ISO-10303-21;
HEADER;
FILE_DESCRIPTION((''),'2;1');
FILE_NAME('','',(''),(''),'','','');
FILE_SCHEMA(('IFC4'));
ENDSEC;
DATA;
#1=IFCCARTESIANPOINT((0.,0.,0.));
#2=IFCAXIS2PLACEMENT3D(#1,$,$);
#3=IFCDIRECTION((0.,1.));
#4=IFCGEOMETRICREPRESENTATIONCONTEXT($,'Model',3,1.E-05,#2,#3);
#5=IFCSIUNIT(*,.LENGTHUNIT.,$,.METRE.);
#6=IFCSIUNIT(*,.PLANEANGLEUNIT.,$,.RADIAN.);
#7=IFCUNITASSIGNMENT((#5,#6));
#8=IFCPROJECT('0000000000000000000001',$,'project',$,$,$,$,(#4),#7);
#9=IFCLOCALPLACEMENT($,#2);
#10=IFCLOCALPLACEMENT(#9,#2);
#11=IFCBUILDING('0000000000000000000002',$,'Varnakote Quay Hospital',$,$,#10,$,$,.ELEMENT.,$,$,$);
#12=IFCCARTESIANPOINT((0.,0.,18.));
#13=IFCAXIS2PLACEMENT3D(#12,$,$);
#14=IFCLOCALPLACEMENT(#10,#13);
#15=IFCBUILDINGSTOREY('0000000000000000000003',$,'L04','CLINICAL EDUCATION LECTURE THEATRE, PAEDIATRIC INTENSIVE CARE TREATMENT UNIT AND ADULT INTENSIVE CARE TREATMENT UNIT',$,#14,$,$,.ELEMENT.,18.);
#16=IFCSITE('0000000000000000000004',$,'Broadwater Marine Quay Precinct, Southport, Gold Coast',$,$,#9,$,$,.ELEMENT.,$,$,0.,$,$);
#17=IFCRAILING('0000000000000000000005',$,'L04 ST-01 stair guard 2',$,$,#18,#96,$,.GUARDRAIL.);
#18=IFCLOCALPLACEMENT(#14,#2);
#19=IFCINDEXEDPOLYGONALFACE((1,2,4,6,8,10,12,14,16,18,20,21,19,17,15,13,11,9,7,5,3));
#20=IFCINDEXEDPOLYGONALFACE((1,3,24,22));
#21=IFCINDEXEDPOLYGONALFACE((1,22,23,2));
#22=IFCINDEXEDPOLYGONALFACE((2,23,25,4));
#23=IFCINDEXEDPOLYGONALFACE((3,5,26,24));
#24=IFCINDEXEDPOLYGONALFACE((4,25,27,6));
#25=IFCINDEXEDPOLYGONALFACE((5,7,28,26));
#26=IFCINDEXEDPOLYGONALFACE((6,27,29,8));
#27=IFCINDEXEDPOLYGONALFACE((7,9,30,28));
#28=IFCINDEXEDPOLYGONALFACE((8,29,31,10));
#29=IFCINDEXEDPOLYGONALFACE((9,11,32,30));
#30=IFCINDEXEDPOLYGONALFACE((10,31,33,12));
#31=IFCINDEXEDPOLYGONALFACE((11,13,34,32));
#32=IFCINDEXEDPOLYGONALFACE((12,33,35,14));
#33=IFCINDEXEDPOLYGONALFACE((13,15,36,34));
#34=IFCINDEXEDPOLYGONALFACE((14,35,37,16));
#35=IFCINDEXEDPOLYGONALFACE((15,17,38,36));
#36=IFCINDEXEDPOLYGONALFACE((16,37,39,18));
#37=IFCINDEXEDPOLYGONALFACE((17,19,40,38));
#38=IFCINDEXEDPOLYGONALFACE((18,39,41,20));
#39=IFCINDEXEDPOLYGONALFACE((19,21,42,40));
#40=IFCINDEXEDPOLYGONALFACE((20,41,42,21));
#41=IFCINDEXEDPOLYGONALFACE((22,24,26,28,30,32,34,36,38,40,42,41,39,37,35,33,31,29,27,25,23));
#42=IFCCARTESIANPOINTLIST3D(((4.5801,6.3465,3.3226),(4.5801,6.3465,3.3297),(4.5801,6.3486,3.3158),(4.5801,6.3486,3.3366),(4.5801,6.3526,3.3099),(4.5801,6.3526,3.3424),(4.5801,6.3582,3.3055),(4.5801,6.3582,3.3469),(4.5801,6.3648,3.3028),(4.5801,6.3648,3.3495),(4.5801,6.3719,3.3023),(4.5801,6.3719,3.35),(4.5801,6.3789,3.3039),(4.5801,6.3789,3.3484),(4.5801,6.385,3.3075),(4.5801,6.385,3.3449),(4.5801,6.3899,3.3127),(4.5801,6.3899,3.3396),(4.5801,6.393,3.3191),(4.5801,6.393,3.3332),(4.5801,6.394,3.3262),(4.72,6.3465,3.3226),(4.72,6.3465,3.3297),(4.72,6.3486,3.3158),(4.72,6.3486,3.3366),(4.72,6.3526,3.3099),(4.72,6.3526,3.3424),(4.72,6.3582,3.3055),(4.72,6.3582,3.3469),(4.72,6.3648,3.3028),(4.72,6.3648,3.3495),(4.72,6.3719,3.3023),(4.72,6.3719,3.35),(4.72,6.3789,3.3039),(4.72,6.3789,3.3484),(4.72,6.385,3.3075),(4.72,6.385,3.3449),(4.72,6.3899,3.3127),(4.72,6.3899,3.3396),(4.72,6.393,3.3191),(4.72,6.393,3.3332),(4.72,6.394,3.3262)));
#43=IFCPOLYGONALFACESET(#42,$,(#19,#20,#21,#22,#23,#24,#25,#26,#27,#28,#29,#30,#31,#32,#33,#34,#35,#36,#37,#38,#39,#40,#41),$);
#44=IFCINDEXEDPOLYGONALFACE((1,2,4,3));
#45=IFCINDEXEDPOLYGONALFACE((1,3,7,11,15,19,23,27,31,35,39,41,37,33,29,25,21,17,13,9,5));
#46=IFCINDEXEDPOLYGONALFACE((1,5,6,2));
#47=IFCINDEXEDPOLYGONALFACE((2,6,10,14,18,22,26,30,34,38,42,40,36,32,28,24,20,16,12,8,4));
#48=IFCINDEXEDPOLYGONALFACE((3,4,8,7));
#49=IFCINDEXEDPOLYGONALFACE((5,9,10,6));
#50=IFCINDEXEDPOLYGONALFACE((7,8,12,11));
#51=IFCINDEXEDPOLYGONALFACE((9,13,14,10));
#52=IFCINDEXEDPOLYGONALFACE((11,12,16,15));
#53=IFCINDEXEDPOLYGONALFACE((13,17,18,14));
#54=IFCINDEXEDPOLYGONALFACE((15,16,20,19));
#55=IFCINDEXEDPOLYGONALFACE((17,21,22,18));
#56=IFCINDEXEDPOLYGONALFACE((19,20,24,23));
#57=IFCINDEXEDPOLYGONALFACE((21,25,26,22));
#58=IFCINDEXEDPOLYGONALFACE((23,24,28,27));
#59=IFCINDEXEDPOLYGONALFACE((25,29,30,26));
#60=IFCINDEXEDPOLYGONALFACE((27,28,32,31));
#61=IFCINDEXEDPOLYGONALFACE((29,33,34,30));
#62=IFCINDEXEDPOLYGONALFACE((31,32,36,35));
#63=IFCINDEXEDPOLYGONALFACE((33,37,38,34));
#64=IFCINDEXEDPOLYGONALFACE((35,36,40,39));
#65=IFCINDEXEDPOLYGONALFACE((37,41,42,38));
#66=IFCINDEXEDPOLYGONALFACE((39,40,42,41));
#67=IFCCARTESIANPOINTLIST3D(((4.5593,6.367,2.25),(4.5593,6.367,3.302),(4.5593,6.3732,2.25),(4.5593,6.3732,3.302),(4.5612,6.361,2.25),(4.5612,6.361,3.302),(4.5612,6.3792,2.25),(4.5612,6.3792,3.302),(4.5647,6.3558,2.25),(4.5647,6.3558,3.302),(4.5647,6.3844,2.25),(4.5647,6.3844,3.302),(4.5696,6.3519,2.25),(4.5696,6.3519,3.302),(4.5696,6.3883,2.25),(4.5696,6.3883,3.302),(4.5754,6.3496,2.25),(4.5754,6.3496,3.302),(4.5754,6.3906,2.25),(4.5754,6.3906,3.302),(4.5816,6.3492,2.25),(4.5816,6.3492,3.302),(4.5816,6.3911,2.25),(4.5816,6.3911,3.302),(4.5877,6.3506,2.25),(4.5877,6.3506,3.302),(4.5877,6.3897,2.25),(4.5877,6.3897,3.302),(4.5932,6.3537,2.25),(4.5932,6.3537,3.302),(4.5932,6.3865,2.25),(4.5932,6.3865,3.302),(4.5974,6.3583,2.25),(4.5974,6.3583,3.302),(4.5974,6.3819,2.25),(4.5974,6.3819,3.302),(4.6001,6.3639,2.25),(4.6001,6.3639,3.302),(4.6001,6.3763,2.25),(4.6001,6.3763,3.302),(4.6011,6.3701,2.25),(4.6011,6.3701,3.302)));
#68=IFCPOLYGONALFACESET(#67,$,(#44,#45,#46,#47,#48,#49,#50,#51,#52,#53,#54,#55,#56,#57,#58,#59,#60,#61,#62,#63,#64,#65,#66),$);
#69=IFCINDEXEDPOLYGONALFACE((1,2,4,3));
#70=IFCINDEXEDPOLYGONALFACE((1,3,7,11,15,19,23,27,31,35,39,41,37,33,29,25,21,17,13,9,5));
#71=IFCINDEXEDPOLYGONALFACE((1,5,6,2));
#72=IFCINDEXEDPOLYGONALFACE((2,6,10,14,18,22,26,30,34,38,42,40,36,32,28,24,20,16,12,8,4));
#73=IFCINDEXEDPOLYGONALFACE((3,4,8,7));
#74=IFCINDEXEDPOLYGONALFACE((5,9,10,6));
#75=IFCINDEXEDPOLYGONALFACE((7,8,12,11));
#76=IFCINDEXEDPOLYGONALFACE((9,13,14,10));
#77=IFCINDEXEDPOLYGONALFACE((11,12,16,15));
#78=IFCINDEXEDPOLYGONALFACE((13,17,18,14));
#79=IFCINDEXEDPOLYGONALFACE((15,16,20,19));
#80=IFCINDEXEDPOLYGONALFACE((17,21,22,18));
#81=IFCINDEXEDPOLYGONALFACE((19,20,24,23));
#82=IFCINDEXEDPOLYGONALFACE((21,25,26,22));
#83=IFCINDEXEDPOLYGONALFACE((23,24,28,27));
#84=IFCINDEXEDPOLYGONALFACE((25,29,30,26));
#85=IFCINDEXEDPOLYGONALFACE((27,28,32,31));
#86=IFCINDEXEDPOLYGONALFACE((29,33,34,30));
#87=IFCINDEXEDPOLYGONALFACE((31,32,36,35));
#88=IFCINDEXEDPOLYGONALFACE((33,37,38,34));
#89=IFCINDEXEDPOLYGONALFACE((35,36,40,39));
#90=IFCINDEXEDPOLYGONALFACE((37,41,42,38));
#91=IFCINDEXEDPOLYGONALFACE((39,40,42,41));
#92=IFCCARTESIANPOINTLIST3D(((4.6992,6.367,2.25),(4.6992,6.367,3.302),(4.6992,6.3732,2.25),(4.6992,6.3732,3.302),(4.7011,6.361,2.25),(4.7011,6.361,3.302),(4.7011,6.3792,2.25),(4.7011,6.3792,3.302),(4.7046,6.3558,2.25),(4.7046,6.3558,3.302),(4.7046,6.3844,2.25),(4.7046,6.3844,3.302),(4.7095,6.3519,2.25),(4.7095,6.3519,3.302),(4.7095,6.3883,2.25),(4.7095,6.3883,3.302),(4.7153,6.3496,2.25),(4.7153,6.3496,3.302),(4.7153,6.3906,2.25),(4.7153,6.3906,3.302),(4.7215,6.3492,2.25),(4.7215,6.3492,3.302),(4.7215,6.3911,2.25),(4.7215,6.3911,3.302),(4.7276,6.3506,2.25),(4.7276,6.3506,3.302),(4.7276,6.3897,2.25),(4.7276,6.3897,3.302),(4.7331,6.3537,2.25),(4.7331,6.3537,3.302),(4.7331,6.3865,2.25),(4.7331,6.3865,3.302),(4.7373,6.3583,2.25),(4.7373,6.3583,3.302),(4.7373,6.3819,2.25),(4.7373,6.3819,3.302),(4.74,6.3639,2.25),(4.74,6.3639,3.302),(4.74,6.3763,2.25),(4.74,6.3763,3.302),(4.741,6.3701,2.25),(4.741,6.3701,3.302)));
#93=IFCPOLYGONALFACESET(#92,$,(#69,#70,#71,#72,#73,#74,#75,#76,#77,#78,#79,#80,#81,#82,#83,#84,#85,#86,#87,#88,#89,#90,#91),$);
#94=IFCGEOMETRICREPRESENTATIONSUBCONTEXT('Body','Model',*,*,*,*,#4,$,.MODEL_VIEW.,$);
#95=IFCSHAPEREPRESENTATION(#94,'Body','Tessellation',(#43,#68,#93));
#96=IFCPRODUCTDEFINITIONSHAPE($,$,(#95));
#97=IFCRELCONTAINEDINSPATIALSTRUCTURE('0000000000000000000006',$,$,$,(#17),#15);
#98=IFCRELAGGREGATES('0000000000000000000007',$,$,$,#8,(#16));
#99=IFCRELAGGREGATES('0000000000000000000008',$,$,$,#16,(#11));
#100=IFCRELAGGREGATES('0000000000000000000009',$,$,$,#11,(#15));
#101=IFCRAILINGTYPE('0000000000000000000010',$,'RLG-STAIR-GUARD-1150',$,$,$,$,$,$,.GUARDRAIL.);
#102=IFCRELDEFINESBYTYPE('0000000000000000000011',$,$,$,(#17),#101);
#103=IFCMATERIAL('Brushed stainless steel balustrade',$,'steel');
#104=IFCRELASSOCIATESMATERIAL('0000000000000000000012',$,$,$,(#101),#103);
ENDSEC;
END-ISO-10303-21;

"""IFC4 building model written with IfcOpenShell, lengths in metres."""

from ifc_helpers import new_model, si_unit, direction, frame, origin, origin_2d, place, context, subcontext, project, spatial, circle, extrude, material, type_object, element, save


model = new_model("IFC4")

# Units and contexts
model_context = context("Model", 3, precision=1e-05, world=origin(), true_north=direction((0.0, 1.0)))
body_context = subcontext(model_context, "Body", "Model", "MODEL_VIEW")
ifc_project = project(units=[si_unit("LENGTHUNIT", "METRE"), si_unit("PLANEANGLEUNIT", "RADIAN")], contexts=[model_context])

# Site, building, storey
site_placement = place(None, origin())
site = spatial("IfcSite", under=ifc_project, at=site_placement, Name="Broadwater Marine Quay Precinct, Southport, Gold Coast", CompositionType="ELEMENT", RefElevation=0.0)
building_placement = place(site_placement, origin())
building = spatial("IfcBuilding", under=site, at=building_placement, Name="Varnakote Quay Hospital", CompositionType="ELEMENT")
storey_placement = place(building_placement, frame((0.0, 0.0, 18.0)))
storey = spatial("IfcBuildingStorey", under=building, at=storey_placement, Name="L04", Description="CLINICAL EDUCATION LECTURE THEATRE, PAEDIATRIC INTENSIVE CARE TREATMENT UNIT AND ADULT INTENSIVE CARE TREATMENT UNIT", CompositionType="ELEMENT", Elevation=18.0)

# Railing
ifc_material_1 = material(Name="Brushed stainless steel balustrade", Category="steel")
railing_type_1 = type_object("IfcRailingType", Name="RLG-STAIR-GUARD-1150", PredefinedType="GUARDRAIL", material=ifc_material_1)
railing_1_placement = place(storey_placement, frame((4.5801, 6.3701, 2.25)))
element("IfcRailing", 1, at=railing_1_placement, inside=storey, type_object=railing_type_1, Name="L04 ST-01 stair guard 2", PredefinedType="GUARDRAIL", context=body_context, shape_type="SweptSolid", body=[
    extrude(circle(Radius=0.0239, at=origin_2d()), frame((0.0, 0.0, 1.0762), z_axis=(1.0, 0.0, 0.0), x_axis=(0.0, 1.0, 0.0)), (0.0, 0.0, 1.0), 0.1399),
    extrude(circle(Radius=0.021, at=origin_2d()), origin(), (0.0, 0.0, 1.0), 1.052),
    extrude(circle(Radius=0.021, at=origin_2d()), frame((0.1399, 0.0, 0.0)), (0.0, 0.0, 1.0), 1.052),
])

save(model, "model.ifc")
